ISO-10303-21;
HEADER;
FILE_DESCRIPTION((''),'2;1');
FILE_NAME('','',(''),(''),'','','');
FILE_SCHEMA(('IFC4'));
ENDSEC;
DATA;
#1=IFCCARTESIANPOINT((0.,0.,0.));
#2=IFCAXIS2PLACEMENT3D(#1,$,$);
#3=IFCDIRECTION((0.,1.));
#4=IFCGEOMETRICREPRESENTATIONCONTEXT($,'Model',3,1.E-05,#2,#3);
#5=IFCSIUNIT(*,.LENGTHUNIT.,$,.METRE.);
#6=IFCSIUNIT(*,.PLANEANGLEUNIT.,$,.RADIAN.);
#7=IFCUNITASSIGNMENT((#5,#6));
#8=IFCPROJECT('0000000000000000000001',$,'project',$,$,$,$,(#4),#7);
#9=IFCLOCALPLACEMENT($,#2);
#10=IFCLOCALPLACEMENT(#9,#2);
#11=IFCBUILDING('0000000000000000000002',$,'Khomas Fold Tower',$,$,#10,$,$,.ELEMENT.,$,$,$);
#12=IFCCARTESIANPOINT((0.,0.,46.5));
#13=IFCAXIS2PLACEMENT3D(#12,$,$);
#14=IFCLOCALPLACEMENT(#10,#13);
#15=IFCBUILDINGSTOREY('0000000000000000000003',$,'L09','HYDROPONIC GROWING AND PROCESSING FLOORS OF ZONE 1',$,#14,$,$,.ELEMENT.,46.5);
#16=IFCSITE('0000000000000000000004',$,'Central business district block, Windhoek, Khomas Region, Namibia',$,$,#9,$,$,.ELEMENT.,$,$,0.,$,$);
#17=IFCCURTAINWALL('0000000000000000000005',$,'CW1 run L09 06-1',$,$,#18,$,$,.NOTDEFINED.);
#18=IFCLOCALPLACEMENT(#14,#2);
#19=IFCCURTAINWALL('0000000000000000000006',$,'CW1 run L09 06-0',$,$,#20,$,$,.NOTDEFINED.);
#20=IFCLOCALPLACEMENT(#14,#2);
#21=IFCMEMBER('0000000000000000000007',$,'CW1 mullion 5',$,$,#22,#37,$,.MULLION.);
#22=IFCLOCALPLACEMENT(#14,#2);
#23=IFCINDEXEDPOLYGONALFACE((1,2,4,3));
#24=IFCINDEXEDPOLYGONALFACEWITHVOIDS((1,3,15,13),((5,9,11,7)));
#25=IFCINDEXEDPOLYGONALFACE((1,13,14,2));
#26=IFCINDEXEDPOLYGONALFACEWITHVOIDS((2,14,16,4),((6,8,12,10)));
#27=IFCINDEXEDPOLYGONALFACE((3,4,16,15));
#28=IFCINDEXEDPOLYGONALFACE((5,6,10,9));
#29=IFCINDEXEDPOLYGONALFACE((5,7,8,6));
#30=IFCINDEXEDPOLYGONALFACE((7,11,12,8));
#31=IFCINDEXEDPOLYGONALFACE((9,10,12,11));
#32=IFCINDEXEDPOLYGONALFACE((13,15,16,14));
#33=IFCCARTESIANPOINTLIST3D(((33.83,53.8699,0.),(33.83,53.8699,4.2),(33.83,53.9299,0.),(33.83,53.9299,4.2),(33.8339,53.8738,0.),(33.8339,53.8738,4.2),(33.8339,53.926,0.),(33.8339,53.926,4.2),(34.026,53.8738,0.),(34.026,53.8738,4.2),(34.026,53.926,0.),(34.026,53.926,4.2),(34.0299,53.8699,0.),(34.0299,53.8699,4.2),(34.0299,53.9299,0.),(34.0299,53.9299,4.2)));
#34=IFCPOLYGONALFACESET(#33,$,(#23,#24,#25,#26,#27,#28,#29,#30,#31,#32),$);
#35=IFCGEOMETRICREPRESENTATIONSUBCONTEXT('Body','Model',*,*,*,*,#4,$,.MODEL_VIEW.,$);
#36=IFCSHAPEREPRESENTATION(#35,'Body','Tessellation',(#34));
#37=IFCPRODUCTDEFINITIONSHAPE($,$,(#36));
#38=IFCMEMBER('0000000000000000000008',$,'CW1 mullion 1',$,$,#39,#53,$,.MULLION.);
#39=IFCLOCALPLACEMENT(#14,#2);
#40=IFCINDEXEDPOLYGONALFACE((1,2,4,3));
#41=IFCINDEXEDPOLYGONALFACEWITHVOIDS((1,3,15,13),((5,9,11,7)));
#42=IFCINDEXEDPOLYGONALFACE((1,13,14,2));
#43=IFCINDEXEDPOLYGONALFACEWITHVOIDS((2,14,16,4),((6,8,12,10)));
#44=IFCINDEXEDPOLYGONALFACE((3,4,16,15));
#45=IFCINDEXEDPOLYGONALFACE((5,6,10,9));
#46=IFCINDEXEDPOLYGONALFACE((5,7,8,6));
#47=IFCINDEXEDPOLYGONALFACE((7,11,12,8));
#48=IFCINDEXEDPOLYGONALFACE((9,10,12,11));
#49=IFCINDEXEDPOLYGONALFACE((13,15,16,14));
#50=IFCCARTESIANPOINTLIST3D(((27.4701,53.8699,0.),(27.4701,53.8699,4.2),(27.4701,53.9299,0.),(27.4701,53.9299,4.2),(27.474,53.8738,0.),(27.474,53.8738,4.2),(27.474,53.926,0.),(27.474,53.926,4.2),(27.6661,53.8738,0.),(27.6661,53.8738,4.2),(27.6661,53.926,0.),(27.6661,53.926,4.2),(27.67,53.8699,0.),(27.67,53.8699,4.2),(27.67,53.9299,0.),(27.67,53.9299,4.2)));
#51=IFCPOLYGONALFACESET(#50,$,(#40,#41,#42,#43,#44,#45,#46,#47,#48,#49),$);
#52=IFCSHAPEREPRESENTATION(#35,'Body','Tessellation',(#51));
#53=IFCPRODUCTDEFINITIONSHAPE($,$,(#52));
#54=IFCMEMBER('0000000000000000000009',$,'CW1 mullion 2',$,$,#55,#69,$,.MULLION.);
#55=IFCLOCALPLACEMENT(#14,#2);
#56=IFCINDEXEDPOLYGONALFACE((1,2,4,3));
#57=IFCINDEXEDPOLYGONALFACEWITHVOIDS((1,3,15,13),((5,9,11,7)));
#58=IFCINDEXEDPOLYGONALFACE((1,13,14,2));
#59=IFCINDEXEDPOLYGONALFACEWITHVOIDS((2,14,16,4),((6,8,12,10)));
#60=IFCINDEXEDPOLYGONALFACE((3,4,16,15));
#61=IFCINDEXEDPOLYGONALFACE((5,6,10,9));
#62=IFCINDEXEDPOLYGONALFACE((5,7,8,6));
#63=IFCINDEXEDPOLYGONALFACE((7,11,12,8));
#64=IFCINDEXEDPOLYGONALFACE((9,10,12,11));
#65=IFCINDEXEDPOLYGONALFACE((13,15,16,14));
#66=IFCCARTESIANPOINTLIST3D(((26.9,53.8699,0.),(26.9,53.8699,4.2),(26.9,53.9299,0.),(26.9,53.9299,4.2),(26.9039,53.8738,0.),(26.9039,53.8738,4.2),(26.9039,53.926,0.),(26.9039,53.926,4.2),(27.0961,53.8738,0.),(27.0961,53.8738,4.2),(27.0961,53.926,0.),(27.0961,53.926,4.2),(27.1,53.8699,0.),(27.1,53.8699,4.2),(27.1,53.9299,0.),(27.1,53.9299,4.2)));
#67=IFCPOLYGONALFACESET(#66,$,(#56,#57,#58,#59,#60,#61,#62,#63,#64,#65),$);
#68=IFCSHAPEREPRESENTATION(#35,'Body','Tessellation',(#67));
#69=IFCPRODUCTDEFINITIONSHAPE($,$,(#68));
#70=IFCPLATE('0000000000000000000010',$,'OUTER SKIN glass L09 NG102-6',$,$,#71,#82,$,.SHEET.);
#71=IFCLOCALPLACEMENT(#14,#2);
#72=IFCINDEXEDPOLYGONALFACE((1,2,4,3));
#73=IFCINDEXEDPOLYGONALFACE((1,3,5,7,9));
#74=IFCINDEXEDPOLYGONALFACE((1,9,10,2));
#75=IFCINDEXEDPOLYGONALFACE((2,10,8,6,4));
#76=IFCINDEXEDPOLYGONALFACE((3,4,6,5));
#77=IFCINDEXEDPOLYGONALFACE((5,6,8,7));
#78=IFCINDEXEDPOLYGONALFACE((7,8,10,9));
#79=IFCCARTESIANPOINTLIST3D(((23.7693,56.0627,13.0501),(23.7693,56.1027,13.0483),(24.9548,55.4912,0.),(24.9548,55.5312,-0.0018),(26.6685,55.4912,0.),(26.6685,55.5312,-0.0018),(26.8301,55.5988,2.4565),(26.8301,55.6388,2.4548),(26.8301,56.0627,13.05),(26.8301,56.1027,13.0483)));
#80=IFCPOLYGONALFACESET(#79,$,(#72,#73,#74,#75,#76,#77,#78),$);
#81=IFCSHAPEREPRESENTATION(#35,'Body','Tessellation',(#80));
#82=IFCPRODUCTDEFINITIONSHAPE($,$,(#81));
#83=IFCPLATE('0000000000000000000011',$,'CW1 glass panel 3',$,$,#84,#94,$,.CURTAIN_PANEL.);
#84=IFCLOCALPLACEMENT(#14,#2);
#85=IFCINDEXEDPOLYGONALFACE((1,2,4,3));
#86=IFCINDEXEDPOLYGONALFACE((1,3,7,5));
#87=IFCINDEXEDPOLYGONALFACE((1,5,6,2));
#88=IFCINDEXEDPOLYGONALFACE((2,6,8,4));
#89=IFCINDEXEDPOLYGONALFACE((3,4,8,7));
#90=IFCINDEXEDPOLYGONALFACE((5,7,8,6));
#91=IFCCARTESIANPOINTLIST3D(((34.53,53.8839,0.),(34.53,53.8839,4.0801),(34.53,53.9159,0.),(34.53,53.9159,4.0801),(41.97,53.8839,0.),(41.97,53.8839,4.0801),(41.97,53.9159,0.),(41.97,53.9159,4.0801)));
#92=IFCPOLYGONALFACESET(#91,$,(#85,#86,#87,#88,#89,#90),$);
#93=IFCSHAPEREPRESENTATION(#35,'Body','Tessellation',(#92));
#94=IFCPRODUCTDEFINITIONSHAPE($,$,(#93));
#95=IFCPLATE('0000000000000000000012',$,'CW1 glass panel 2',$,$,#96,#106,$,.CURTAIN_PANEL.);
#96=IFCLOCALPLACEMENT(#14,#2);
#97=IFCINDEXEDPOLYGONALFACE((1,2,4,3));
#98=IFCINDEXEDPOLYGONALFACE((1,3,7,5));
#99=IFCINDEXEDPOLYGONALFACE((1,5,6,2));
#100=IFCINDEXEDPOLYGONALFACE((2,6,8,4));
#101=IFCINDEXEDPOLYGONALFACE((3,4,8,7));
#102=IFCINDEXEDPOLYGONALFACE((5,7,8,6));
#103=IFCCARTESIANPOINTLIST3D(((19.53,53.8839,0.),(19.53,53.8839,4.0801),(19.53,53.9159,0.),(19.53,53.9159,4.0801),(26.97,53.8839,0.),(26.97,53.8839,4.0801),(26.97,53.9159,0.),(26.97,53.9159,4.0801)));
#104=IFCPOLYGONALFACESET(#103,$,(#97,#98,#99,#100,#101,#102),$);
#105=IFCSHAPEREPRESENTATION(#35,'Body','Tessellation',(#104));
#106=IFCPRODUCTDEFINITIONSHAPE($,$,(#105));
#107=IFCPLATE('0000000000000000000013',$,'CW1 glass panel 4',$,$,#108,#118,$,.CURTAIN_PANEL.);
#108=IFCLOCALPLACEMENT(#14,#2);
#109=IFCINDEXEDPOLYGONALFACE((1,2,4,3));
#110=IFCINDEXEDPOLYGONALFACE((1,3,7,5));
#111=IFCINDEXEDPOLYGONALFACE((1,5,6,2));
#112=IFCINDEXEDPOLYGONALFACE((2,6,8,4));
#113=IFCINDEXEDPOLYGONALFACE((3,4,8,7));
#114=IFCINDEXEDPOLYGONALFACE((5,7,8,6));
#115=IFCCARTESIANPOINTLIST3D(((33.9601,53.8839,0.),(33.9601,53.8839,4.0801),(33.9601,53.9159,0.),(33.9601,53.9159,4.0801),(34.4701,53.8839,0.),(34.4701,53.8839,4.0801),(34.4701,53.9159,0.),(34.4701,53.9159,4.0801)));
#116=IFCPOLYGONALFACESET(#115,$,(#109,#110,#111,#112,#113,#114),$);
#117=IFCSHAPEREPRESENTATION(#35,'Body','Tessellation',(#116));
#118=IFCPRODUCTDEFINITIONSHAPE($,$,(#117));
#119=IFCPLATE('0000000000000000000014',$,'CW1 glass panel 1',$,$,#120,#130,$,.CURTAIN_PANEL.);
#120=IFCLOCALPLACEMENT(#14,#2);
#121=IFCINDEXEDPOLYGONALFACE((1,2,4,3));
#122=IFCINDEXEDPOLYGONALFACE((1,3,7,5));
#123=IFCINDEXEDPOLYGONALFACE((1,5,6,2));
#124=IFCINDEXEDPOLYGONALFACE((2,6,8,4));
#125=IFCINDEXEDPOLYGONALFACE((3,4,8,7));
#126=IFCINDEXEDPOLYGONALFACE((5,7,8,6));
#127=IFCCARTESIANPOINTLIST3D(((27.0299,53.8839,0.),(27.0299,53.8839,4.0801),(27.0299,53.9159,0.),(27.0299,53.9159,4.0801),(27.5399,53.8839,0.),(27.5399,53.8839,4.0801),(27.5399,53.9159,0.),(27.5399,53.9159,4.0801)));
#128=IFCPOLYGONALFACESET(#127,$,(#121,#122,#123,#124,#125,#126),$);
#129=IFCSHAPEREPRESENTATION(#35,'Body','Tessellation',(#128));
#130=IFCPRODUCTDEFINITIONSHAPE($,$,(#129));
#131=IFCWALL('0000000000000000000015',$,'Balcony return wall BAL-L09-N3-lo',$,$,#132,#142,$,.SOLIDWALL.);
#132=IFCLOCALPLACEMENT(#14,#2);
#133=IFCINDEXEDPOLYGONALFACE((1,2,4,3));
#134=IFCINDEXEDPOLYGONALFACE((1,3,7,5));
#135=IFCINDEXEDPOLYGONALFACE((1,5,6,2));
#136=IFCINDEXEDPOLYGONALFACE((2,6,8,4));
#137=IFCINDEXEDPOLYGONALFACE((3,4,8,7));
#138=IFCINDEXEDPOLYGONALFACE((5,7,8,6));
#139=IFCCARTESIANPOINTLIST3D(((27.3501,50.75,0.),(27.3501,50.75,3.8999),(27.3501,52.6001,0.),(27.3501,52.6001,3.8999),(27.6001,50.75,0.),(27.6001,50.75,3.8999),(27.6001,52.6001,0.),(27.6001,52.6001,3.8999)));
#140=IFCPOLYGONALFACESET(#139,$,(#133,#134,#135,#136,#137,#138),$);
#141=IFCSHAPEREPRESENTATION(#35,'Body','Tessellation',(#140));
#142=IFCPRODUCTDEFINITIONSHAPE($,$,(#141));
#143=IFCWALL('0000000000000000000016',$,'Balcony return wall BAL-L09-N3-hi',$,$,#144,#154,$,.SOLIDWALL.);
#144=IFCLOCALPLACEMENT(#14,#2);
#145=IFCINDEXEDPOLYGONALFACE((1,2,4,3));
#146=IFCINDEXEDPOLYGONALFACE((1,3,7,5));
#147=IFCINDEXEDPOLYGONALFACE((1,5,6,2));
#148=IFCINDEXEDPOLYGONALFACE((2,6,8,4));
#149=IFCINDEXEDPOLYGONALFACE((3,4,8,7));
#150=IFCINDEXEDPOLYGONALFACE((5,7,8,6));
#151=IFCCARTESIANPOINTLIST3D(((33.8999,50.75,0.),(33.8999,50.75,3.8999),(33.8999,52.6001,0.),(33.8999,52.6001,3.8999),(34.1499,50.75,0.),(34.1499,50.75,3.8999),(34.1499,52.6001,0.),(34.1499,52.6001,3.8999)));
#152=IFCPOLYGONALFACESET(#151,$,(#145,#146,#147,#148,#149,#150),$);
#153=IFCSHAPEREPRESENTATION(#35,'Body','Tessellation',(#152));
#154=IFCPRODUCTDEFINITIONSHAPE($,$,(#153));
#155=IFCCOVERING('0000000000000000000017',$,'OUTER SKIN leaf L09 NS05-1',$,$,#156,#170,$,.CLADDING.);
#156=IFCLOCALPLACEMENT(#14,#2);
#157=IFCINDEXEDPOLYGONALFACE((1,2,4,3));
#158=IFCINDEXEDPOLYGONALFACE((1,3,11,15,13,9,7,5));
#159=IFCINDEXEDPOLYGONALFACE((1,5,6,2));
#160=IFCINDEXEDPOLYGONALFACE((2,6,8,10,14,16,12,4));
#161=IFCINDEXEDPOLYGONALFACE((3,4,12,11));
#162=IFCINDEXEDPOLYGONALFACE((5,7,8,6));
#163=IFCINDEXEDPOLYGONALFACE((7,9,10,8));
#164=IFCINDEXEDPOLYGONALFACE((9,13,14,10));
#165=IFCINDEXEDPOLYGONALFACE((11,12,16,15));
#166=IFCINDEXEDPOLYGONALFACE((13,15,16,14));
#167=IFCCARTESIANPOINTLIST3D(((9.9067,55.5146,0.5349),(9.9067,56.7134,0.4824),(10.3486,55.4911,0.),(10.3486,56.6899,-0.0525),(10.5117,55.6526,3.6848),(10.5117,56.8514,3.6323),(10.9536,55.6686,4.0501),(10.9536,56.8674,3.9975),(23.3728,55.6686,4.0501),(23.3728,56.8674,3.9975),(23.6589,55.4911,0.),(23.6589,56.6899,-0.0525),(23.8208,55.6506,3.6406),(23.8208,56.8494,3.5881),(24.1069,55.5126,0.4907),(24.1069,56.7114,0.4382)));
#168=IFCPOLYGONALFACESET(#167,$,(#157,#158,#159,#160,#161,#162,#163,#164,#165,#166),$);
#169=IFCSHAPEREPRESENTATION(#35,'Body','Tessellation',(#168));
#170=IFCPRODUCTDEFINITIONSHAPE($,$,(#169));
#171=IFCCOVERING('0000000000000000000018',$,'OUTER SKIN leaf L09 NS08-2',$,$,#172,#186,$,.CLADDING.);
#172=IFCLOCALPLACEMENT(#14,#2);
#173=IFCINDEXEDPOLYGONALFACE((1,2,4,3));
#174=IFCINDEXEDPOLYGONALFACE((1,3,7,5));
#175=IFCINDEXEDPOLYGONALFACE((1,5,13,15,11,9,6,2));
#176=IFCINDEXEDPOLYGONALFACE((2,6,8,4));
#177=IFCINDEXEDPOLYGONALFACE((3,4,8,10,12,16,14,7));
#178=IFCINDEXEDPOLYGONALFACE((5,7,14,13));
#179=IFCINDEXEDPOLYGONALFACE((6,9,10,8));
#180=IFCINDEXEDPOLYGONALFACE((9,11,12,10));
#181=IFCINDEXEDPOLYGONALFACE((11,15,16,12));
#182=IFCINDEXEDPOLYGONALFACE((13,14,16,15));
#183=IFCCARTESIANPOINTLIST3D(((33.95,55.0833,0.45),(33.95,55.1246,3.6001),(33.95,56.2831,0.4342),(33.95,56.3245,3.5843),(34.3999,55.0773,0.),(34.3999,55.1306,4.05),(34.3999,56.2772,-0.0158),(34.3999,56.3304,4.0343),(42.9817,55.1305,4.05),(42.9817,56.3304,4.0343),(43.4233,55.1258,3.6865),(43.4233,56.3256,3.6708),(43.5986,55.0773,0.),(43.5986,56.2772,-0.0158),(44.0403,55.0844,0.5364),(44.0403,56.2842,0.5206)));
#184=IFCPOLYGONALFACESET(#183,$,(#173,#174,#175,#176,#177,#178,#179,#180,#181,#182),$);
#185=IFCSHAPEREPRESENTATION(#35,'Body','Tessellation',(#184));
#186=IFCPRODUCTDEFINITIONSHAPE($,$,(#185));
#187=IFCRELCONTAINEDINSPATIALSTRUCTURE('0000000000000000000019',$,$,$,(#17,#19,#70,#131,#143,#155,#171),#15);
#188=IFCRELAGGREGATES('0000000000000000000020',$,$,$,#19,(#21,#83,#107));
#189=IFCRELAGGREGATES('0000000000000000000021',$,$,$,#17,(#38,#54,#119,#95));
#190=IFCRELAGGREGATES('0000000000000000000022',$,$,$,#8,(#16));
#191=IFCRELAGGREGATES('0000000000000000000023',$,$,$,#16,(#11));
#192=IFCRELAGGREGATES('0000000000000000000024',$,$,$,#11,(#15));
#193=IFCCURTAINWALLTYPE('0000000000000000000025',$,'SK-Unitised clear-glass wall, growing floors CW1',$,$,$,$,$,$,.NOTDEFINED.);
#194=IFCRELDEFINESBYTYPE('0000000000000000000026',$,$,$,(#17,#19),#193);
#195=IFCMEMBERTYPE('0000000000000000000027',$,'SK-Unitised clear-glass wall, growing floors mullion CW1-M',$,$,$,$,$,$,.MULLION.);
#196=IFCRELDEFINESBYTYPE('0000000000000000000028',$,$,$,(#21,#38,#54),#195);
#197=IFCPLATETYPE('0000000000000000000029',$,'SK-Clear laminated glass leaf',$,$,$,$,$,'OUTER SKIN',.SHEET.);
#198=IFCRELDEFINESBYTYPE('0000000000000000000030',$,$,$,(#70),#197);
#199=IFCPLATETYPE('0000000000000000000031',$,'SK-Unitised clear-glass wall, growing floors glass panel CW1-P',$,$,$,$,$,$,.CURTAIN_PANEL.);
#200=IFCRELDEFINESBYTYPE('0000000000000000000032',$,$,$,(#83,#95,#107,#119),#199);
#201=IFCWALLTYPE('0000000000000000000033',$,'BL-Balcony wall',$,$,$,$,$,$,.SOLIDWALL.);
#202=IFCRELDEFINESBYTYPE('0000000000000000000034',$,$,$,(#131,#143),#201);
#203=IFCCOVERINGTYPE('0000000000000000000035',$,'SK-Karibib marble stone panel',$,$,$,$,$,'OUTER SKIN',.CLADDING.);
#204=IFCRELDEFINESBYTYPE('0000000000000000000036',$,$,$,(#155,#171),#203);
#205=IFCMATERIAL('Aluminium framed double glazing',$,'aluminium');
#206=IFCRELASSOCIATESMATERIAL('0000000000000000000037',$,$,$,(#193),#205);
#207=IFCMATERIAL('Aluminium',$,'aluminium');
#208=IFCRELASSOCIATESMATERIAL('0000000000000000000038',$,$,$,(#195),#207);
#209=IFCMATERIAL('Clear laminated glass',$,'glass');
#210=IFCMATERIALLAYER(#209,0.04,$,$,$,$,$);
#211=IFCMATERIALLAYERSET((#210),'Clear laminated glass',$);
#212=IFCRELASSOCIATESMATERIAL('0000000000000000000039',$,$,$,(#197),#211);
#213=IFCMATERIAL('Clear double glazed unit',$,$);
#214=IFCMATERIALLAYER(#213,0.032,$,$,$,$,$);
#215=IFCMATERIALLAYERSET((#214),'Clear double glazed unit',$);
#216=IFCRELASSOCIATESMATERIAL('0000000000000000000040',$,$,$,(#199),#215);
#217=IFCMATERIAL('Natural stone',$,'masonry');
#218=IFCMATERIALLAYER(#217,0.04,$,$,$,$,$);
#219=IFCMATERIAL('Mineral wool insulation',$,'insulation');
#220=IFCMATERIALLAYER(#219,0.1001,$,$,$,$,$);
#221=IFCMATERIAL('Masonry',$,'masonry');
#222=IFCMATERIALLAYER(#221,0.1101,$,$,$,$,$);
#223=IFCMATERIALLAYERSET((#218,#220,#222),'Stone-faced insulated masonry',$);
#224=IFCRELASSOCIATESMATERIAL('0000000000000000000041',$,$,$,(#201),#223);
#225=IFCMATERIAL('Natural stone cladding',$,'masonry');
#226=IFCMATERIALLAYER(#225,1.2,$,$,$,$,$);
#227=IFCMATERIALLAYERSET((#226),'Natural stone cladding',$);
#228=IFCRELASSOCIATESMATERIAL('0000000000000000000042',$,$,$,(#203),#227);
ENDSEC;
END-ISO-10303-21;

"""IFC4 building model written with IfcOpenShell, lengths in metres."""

from ifc_helpers import new_model, si_unit, direction, frame, frame_2d, origin, origin_2d, place, context, subcontext, project, spatial, polyline, rectangle, hollow_rectangle, outline, extrude, source, transform, mapped, material, layer, layer_set, material_profile, profile_set, type_object, element, aggregate, save


model = new_model("IFC4")

# Units and contexts
model_context = context("Model", 3, precision=1e-05, world=origin(), true_north=direction((0.0, 1.0)))
body_context = subcontext(model_context, "Body", "Model", "MODEL_VIEW")
ifc_project = project(units=[si_unit("LENGTHUNIT", "METRE"), si_unit("PLANEANGLEUNIT", "RADIAN")], contexts=[model_context])

# Site, building, storey
site_placement = place(None, origin())
site = spatial("IfcSite", under=ifc_project, at=site_placement, Name="Central business district block, Windhoek, Khomas Region, Namibia", CompositionType="ELEMENT", RefElevation=0.0)
building_placement = place(site_placement, origin())
building = spatial("IfcBuilding", under=site, at=building_placement, Name="Khomas Fold Tower", CompositionType="ELEMENT")
storey_placement = place(building_placement, frame((0.0, 0.0, 46.5)))
storey = spatial("IfcBuildingStorey", under=building, at=storey_placement, Name="L09", Description="HYDROPONIC GROWING AND PROCESSING FLOORS OF ZONE 1", CompositionType="ELEMENT", Elevation=46.5)

# Curtain walls
ifc_material_1 = material(Name="Aluminium framed double glazing", Category="aluminium")
curtain_wall_type = type_object("IfcCurtainWallType", Name="SK-Unitised clear-glass wall, growing floors CW1", PredefinedType="NOTDEFINED", material=ifc_material_1)
curtain_wall_1_placement = place(storey_placement, origin())
curtain_wall_1 = element("IfcCurtainWall", 1, at=curtain_wall_1_placement, inside=storey, type_object=curtain_wall_type, Name="CW1 run L09 06-1", PredefinedType="NOTDEFINED")
curtain_wall_2_placement = place(storey_placement, origin())
curtain_wall_2 = element("IfcCurtainWall", 2, at=curtain_wall_2_placement, inside=storey, type_object=curtain_wall_type, Name="CW1 run L09 06-0", PredefinedType="NOTDEFINED")

# Members
ifc_material_2 = material(Name="Aluminium", Category="aluminium")
ifc_material_profile_1 = material_profile(ifc_material_2, hollow_rectangle(XDim=0.0601, YDim=0.2, WallThickness=0.0039, at=origin_2d()), Name="SK-Unitised clear-glass wall, growing floors mullion CW1-M")
ifc_profile_set_1 = profile_set([ifc_material_profile_1], Name="Aluminium")
member_type_1 = type_object("IfcMemberType", Name="SK-Unitised clear-glass wall, growing floors mullion CW1-M", PredefinedType="MULLION", material=ifc_profile_set_1)
shared_shape_1 = source(origin(), body_context, "Body", "SweptSolid", [
    extrude(hollow_rectangle(XDim=0.0601, YDim=0.2, WallThickness=0.0039, at=origin_2d()), origin(), (0.0, 0.0, 1.0), 4.2),
])
member_1_placement = place(storey_placement, frame((33.9299, 53.8999, 0.0), z_axis=(0.0, 0.0, 1.0), x_axis=(0.0, -1.0, 0.0)))
member_1 = element("IfcMember", 3, at=member_1_placement, type_object=member_type_1, Name="CW1 mullion 5", PredefinedType="MULLION", context=body_context, shape_type="MappedRepresentation", body=[
    mapped(shared_shape_1, transform((0.0, 0.0, 0.0))),
])
member_2_placement = place(storey_placement, frame((27.5701, 53.8999, 0.0), z_axis=(0.0, 0.0, 1.0), x_axis=(0.0, -1.0, 0.0)))
member_2 = element("IfcMember", 4, at=member_2_placement, type_object=member_type_1, Name="CW1 mullion 1", PredefinedType="MULLION", context=body_context, shape_type="MappedRepresentation", body=[
    mapped(shared_shape_1, transform((0.0, 0.0, 0.0))),
])
member_3_placement = place(storey_placement, frame((27.0, 53.8999, 0.0), z_axis=(0.0, 0.0, 1.0), x_axis=(0.0, -1.0, 0.0)))
member_3 = element("IfcMember", 5, at=member_3_placement, type_object=member_type_1, Name="CW1 mullion 2", PredefinedType="MULLION", context=body_context, shape_type="MappedRepresentation", body=[
    mapped(shared_shape_1, transform((0.0, 0.0, 0.0))),
])

# Plates
ifc_material_3 = material(Name="Clear laminated glass", Category="glass")
ifc_layer_1 = layer(ifc_material_3, 0.04)
ifc_layer_set_1 = layer_set([ifc_layer_1], Name="Clear laminated glass")
plate_type_1 = type_object("IfcPlateType", Name="SK-Clear laminated glass leaf", ElementType="OUTER SKIN", PredefinedType="SHEET", material=ifc_layer_set_1)
plate_1_placement = place(storey_placement, frame((26.6685, 55.4912, 0.0), z_axis=(0.000016, -0.999042, 0.043753), x_axis=(-1.0, -0.000016, 0.000001)))
element("IfcPlate", 6, at=plate_1_placement, inside=storey, type_object=plate_type_1, Name="OUTER SKIN glass L09 NG102-6", PredefinedType="SHEET", context=body_context, shape_type="SweptSolid", body=[
    extrude(outline(polyline([(0.0, 0.0), (1.7136, 0.0), (2.8992, -13.0626), (-0.1616, -13.0626), (-0.1616, -2.4589), (0.0, 0.0)])), origin(), (0.0, 0.0, -1.0), 0.04),
])
ifc_material_4 = material(Name="Clear double glazed unit")
ifc_layer_2 = layer(ifc_material_4, 0.032)
ifc_layer_set_2 = layer_set([ifc_layer_2], Name="Clear double glazed unit")
plate_type_2 = type_object("IfcPlateType", Name="SK-Unitised clear-glass wall, growing floors glass panel CW1-P", PredefinedType="CURTAIN_PANEL", material=ifc_layer_set_2)
shared_shape_2 = source(origin(), body_context, "Body", "SweptSolid", [
    extrude(rectangle(XDim=7.4399, YDim=0.032, at=origin_2d()), origin(), (0.0, 0.0, 1.0), 4.0801),
])
plate_2_placement = place(storey_placement, frame((38.25, 53.8999, 0.0), z_axis=(0.0, 0.0, 1.0), x_axis=(-1.0, 0.0, 0.0)))
plate_2 = element("IfcPlate", 7, at=plate_2_placement, type_object=plate_type_2, Name="CW1 glass panel 3", PredefinedType="CURTAIN_PANEL", context=body_context, shape_type="MappedRepresentation", body=[
    mapped(shared_shape_2, transform((0.0, 0.0, 0.0))),
])
plate_3_placement = place(storey_placement, frame((23.25, 53.8999, 0.0), z_axis=(0.0, 0.0, 1.0), x_axis=(-1.0, 0.0, 0.0)))
plate_3 = element("IfcPlate", 8, at=plate_3_placement, type_object=plate_type_2, Name="CW1 glass panel 2", PredefinedType="CURTAIN_PANEL", context=body_context, shape_type="MappedRepresentation", body=[
    mapped(shared_shape_2, transform((0.0, 0.0, 0.0))),
])
shared_shape_3 = source(origin(), body_context, "Body", "SweptSolid", [
    extrude(rectangle(XDim=0.51, YDim=0.032, at=origin_2d()), origin(), (0.0, 0.0, 1.0), 4.0801),
])
plate_4_placement = place(storey_placement, frame((34.2151, 53.8999, 0.0), z_axis=(0.0, 0.0, 1.0), x_axis=(-1.0, 0.0, 0.0)))
plate_4 = element("IfcPlate", 9, at=plate_4_placement, type_object=plate_type_2, Name="CW1 glass panel 4", PredefinedType="CURTAIN_PANEL", context=body_context, shape_type="MappedRepresentation", body=[
    mapped(shared_shape_3, transform((0.0, 0.0, 0.0))),
])
aggregate(curtain_wall_2, [member_1, plate_2, plate_4])
plate_5_placement = place(storey_placement, frame((27.2849, 53.8999, 0.0), z_axis=(0.0, 0.0, 1.0), x_axis=(-1.0, 0.0, 0.0)))
plate_5 = element("IfcPlate", 10, at=plate_5_placement, type_object=plate_type_2, Name="CW1 glass panel 1", PredefinedType="CURTAIN_PANEL", context=body_context, shape_type="MappedRepresentation", body=[
    mapped(shared_shape_3, transform((0.0, 0.0, 0.0))),
])
aggregate(curtain_wall_1, [member_2, member_3, plate_5, plate_3])

# Walls
ifc_material_5 = material(Name="Natural stone", Category="masonry")
ifc_layer_3 = layer(ifc_material_5, 0.04)
ifc_material_6 = material(Name="Mineral wool insulation", Category="insulation")
ifc_layer_4 = layer(ifc_material_6, 0.1001)
ifc_material_7 = material(Name="Masonry", Category="masonry")
ifc_layer_5 = layer(ifc_material_7, 0.1101)
ifc_layer_set_3 = layer_set([ifc_layer_3, ifc_layer_4, ifc_layer_5], Name="Stone-faced insulated masonry")
wall_type = type_object("IfcWallType", Name="BL-Balcony wall", PredefinedType="SOLIDWALL", material=ifc_layer_set_3)
shared_shape_4 = source(origin(), body_context, "Body", "SweptSolid", [
    extrude(rectangle(XDim=1.8501, YDim=0.25, at=frame_2d((0.925, 0.0))), origin(), (0.0, 0.0, 1.0), 3.8999),
])
for number, where, z_axis, x_axis, name in (
    (11, (27.4751, 52.6001, 0.0), (0.0, 0.0, 1.0), (0.0, -1.0, 0.0), "Balcony return wall BAL-L09-N3-lo"),
    (12, (34.0249, 52.6001, 0.0), (0.0, 0.0, 1.0), (0.0, -1.0, 0.0), "Balcony return wall BAL-L09-N3-hi"),
):
    element("IfcWall", number, at=place(storey_placement, frame(where, z_axis=z_axis, x_axis=x_axis)), inside=storey, type_object=wall_type, Name=name, PredefinedType="SOLIDWALL", context=body_context, shape_type="MappedRepresentation", body=[
        mapped(shared_shape_4, transform((0.0, 0.0, 0.0))),
    ])

# Coverings
ifc_material_8 = material(Name="Natural stone cladding", Category="masonry")
ifc_layer_6 = layer(ifc_material_8, 1.2)
ifc_layer_set_4 = layer_set([ifc_layer_6], Name="Natural stone cladding")
covering_type = type_object("IfcCoveringType", Name="SK-Karibib marble stone panel", ElementType="OUTER SKIN", PredefinedType="CLADDING", material=ifc_layer_set_4)
covering_1_placement = place(storey_placement, frame((23.8208, 55.6506, 3.6406), z_axis=(-0.000001, -0.999041, 0.04378), x_axis=(0.09038, -0.043601, -0.994952)))
element("IfcCovering", 13, at=covering_1_placement, inside=storey, type_object=covering_type, Name="OUTER SKIN leaf L09 NS05-1", PredefinedType="CLADDING", context=body_context, shape_type="SweptSolid", body=[
    extrude(outline(polyline([(0.0, 0.0), (3.1659, 0.0), (3.6146, -0.4906), (2.4116, -13.7464), (1.8384, -14.1381), (-1.2469, -13.2506), (-1.5711, -12.7775), (-0.4486, -0.4091), (0.0, 0.0)])), origin(), (0.0, 0.0, -1.0), 1.2),
])
covering_2_placement = place(storey_placement, frame((33.95, 55.0833, 0.45), z_axis=(-0.000003, -0.999914, 0.013139), x_axis=(0.0, 0.013139, 0.999914)))
element("IfcCovering", 14, at=covering_2_placement, inside=storey, type_object=covering_type, Name="OUTER SKIN leaf L09 NS08-2", PredefinedType="CLADDING", context=body_context, shape_type="SweptSolid", body=[
    extrude(outline(polyline([(0.0, 0.0), (3.1504, 0.0), (3.6004, -0.45), (3.6004, -9.0317), (3.2369, -9.4734), (0.0864, -10.0903), (-0.45, -9.6487), (-0.45, -0.45), (0.0, 0.0)])), origin(), (0.0, 0.0, -1.0), 1.2),
])

save(model, "model.ifc")
